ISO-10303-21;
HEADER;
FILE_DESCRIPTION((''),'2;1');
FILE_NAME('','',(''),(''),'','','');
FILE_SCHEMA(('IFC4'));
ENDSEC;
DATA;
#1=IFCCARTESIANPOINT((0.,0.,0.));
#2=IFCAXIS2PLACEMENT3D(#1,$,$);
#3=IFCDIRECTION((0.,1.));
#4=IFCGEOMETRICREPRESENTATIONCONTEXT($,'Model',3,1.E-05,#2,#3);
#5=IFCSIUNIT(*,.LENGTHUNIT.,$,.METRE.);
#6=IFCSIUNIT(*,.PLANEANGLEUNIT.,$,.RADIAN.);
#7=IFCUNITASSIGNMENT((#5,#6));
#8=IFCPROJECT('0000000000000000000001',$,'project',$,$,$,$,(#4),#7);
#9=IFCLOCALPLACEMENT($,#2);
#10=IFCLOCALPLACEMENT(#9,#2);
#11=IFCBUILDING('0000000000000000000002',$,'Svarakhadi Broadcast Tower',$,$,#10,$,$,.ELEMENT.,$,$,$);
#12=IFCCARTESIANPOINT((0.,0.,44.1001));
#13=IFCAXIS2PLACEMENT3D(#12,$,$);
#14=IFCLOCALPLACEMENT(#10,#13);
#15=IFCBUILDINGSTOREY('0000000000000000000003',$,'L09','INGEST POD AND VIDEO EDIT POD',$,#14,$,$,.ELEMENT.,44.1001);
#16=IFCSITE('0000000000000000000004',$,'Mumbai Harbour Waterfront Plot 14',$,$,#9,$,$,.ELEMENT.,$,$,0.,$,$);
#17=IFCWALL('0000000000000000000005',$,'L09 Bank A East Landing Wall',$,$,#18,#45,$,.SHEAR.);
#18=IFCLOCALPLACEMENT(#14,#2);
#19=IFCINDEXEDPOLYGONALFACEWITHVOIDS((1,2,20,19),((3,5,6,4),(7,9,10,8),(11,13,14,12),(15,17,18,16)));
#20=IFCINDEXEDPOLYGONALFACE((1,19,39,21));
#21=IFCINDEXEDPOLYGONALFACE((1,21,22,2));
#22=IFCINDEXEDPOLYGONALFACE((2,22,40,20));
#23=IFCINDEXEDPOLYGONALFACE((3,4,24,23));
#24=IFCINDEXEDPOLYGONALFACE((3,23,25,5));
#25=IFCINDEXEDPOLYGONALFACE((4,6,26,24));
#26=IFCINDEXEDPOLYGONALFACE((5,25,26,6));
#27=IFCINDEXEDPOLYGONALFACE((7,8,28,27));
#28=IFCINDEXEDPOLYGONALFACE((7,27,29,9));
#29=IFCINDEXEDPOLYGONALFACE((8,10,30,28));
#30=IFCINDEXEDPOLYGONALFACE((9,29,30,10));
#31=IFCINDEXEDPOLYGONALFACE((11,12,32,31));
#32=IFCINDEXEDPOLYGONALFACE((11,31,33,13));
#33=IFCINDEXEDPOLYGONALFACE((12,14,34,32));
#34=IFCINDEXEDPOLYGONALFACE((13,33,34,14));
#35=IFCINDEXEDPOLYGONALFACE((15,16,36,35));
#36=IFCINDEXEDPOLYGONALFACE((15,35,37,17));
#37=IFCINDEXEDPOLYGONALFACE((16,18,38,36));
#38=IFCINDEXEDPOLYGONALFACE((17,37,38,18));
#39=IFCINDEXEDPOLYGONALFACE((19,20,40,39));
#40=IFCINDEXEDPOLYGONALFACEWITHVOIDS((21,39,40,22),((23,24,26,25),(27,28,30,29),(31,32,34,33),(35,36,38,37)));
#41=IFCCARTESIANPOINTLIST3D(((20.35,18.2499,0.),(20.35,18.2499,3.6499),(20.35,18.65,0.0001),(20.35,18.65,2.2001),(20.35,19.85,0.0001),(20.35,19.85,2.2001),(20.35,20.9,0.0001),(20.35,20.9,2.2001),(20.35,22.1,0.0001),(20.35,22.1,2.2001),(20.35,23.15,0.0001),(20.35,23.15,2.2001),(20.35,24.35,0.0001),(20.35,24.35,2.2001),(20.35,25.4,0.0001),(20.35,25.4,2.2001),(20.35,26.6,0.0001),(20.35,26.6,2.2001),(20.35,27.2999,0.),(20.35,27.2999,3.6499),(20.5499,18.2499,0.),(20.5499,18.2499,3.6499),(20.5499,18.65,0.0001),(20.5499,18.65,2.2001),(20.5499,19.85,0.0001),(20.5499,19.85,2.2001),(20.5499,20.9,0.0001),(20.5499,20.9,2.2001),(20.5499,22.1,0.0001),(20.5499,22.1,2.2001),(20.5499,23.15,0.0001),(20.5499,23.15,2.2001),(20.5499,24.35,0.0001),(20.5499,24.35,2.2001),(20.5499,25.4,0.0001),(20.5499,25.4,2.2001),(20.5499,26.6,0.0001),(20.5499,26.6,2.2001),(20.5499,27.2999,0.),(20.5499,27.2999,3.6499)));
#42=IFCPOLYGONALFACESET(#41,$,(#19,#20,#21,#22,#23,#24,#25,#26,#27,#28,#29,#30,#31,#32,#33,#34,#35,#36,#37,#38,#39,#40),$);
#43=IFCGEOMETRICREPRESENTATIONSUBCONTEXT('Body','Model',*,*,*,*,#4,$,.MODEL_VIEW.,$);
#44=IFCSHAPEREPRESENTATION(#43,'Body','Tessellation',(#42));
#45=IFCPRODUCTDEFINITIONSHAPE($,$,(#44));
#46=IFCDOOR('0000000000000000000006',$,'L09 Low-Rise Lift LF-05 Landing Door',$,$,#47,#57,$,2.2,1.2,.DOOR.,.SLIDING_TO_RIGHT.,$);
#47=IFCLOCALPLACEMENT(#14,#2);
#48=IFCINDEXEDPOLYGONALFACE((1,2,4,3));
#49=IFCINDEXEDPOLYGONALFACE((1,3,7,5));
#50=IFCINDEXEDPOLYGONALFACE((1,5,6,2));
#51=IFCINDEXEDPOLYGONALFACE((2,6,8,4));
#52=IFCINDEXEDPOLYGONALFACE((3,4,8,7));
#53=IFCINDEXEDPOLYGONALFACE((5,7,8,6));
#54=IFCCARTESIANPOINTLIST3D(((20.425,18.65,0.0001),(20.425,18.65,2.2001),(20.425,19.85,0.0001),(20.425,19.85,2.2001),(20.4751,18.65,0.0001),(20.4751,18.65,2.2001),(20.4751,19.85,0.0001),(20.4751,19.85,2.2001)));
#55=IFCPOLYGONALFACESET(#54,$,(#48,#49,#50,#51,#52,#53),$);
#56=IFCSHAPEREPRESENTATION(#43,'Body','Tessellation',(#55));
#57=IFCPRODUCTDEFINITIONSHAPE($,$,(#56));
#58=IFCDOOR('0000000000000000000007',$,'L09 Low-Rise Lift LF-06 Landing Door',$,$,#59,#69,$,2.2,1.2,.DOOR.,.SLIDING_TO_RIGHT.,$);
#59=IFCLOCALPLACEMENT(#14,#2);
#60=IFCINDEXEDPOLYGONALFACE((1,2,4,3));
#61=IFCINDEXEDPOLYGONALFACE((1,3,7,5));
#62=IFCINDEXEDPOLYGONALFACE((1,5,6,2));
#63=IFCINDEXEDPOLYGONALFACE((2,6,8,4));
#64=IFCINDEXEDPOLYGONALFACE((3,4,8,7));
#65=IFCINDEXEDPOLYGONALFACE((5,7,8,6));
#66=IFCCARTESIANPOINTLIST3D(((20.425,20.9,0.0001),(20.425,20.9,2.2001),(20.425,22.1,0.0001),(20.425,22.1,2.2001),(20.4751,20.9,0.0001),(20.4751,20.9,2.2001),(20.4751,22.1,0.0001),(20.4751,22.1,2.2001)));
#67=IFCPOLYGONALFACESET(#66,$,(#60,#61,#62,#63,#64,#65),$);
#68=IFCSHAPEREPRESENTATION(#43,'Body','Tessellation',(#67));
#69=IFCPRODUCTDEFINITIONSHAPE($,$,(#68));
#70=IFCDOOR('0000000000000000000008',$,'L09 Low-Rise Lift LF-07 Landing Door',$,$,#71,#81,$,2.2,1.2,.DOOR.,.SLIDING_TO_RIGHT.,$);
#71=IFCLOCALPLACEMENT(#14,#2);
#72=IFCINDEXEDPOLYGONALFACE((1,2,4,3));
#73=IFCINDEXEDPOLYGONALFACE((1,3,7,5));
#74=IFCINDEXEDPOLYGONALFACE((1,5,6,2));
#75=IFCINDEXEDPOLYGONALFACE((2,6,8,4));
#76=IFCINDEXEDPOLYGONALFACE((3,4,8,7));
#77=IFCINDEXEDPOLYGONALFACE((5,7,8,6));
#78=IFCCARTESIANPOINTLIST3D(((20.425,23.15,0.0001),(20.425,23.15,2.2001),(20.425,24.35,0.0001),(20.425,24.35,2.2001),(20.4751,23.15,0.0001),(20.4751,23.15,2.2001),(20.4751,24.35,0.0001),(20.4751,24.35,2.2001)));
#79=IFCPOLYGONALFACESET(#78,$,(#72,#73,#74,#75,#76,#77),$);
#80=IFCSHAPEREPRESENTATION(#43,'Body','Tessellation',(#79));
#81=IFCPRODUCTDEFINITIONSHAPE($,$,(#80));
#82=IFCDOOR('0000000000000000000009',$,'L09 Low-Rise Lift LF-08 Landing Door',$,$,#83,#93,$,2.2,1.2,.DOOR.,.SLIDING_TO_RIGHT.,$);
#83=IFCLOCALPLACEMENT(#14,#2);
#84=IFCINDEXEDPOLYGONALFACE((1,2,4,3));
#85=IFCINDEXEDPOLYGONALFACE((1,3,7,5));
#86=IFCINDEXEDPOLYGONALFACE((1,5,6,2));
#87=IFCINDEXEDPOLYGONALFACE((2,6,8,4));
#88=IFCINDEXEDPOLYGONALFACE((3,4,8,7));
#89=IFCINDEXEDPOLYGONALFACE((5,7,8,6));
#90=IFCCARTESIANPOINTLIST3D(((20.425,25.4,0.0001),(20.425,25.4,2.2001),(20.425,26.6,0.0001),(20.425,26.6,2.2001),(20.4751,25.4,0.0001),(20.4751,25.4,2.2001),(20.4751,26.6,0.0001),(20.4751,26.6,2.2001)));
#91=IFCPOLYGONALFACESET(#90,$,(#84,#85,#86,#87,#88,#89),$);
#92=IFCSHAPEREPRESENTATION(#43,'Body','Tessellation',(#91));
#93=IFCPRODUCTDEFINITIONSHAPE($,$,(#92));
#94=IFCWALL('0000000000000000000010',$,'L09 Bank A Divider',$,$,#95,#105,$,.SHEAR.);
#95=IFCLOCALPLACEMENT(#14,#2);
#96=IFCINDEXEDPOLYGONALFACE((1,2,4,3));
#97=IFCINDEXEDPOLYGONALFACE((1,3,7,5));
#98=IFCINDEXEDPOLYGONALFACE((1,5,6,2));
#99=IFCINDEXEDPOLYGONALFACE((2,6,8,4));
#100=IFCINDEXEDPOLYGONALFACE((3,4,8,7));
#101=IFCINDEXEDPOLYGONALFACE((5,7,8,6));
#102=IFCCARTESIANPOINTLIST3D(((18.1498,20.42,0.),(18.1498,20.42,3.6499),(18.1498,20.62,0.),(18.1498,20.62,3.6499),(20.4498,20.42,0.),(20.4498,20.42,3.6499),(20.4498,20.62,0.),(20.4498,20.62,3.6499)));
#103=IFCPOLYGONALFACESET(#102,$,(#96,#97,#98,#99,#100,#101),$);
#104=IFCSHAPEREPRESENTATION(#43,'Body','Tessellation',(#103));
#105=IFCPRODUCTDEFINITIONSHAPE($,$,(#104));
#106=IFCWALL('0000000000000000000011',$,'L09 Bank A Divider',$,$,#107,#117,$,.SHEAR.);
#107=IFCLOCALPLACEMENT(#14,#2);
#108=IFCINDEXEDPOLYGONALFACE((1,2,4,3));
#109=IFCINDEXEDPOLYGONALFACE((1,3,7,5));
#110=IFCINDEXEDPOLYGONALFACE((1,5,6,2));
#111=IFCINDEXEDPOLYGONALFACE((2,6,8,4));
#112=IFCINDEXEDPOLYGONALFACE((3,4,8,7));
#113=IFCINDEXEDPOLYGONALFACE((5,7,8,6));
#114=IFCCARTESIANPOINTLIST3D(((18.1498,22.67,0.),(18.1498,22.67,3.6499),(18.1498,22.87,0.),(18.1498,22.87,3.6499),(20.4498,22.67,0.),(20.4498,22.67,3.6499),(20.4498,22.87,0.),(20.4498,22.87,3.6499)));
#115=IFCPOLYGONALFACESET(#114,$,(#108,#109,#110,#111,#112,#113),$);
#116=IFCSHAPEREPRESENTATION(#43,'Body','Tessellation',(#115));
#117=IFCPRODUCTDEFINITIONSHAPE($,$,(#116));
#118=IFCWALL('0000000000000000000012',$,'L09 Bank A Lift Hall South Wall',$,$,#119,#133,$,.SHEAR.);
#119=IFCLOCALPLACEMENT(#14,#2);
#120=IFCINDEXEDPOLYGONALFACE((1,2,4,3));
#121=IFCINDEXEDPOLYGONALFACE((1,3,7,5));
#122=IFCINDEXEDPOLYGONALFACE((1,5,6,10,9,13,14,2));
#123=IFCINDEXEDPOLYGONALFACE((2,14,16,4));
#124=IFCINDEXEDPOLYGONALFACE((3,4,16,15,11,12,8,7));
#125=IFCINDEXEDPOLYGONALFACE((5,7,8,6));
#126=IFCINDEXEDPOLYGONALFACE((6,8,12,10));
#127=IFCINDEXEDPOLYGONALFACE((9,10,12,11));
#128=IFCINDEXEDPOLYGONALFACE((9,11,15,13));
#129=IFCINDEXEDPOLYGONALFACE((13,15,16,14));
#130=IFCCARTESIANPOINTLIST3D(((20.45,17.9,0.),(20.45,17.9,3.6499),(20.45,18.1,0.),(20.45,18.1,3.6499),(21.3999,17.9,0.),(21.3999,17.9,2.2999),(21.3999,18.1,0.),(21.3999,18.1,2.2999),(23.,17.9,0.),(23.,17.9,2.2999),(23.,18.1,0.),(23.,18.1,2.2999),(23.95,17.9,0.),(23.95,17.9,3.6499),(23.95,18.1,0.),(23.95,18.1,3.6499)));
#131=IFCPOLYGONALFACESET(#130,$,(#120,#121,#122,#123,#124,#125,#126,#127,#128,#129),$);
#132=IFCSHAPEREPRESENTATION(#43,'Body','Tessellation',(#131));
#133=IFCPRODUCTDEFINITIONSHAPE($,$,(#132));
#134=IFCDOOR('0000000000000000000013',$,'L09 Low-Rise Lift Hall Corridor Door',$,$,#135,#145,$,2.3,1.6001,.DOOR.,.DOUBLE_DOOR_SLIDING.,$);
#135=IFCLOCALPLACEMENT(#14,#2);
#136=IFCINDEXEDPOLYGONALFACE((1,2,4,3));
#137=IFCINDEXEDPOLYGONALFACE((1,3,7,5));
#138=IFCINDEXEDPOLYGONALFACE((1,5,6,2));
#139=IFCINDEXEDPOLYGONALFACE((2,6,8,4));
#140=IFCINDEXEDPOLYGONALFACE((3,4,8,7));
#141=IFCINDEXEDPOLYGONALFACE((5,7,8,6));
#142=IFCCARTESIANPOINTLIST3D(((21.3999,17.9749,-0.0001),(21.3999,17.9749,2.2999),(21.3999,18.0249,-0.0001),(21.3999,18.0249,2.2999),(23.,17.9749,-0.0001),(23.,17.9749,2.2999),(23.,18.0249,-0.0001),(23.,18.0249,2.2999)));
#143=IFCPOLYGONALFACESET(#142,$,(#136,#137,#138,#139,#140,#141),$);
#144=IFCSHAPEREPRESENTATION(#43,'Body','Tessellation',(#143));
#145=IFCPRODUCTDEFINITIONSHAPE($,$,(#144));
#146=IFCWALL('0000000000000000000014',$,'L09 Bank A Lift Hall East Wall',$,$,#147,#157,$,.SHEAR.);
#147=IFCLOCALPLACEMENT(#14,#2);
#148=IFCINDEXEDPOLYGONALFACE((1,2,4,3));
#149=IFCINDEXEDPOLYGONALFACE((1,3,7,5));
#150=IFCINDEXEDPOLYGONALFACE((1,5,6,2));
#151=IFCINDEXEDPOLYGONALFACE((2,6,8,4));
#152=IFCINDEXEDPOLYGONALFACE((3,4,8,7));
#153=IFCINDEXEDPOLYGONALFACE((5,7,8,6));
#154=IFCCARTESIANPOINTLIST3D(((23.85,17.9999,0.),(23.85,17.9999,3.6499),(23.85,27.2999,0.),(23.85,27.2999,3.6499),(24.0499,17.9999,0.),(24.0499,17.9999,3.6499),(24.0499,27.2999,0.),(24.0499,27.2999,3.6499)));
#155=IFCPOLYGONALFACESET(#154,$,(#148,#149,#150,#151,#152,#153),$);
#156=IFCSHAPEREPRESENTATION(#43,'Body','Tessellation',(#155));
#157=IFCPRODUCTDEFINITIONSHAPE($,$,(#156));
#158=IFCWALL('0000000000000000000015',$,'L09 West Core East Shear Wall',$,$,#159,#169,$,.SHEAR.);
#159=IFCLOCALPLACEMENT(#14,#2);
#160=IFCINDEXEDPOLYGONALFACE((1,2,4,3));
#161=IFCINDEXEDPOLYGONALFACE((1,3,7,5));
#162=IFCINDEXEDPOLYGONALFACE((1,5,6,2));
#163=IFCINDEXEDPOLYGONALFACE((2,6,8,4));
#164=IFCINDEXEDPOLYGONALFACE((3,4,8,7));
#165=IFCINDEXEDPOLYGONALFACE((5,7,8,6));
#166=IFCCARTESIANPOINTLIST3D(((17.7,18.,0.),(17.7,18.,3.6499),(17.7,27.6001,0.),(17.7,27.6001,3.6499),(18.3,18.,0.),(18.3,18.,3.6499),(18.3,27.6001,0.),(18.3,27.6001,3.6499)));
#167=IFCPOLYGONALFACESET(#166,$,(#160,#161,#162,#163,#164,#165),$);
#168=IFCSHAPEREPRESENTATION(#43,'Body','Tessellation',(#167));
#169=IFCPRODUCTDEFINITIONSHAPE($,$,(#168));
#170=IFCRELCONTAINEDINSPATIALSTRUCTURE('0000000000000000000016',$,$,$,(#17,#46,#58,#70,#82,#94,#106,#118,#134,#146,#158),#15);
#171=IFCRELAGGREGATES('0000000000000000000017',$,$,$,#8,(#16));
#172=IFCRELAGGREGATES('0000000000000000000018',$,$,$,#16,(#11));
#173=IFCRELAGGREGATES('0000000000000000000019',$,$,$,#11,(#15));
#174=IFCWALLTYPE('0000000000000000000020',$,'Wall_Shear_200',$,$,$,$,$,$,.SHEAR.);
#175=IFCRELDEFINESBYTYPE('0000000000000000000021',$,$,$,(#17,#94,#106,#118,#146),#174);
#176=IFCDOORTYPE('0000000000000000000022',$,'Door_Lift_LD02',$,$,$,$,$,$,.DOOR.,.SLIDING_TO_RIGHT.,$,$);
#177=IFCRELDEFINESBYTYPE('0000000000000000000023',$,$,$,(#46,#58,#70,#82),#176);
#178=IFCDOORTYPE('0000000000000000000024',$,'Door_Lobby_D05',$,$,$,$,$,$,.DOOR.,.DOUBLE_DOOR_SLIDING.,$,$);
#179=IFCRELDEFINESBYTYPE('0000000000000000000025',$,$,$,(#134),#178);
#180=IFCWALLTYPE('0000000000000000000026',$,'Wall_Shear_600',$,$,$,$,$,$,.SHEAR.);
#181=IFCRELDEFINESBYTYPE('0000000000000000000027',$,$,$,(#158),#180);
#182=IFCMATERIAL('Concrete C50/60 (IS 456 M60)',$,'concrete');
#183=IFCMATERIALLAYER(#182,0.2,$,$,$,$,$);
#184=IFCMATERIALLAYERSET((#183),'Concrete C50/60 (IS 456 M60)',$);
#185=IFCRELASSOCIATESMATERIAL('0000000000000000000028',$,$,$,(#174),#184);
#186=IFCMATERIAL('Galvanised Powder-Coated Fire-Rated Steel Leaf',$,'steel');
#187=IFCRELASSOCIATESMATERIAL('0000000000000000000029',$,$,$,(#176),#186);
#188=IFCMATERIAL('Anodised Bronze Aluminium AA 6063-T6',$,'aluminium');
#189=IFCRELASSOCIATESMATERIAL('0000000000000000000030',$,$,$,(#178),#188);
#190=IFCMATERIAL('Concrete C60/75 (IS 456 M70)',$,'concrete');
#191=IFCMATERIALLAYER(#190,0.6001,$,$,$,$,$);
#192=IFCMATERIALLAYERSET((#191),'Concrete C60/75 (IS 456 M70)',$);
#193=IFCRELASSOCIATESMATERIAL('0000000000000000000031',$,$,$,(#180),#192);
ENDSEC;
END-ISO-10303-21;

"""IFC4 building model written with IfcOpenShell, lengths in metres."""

from ifc_helpers import new_model, si_unit, direction, frame, frame_2d, origin, place, context, subcontext, project, spatial, rectangle, extrude, material, layer, layer_set, type_object, element, fill, save


model = new_model("IFC4")

# Units and contexts
model_context = context("Model", 3, precision=1e-05, world=origin(), true_north=direction((0.0, 1.0)))
body_context = subcontext(model_context, "Body", "Model", "MODEL_VIEW")
ifc_project = project(units=[si_unit("LENGTHUNIT", "METRE"), si_unit("PLANEANGLEUNIT", "RADIAN")], contexts=[model_context])

# Site, building, storey
site_placement = place(None, origin())
site = spatial("IfcSite", under=ifc_project, at=site_placement, Name="Mumbai Harbour Waterfront Plot 14", CompositionType="ELEMENT", RefElevation=0.0)
building_placement = place(site_placement, origin())
building = spatial("IfcBuilding", under=site, at=building_placement, Name="Svarakhadi Broadcast Tower", CompositionType="ELEMENT")
storey_placement = place(building_placement, frame((0.0, 0.0, 44.1001)))
storey = spatial("IfcBuildingStorey", under=building, at=storey_placement, Name="L09", Description="INGEST POD AND VIDEO EDIT POD", CompositionType="ELEMENT", Elevation=44.1001)

# Shared definitions
ifc_material_1 = material(Name="Concrete C60/75 (IS 456 M70)", Category="concrete")

# Shared definitions
ifc_material_2 = material(Name="Anodised Bronze Aluminium AA 6063-T6", Category="aluminium")

# Shared definitions
ifc_material_3 = material(Name="Concrete C50/60 (IS 456 M60)", Category="concrete")
ifc_layer_1 = layer(ifc_material_3, 0.2)
ifc_layer_set_1 = layer_set([ifc_layer_1], Name="Concrete C50/60 (IS 456 M60)")
wall_type_1 = type_object("IfcWallType", Name="Wall_Shear_200", PredefinedType="SHEAR", material=ifc_layer_set_1)

# Wall, openings, doors
wall_1_placement = place(storey_placement, frame((20.45, 18.25, 0.0), z_axis=(0.0, 0.0, 1.0), x_axis=(0.0, 1.0, 0.0)))
wall_1 = element("IfcWall", 1, at=wall_1_placement, inside=storey, type_object=wall_type_1, Name="L09 Bank A East Landing Wall", PredefinedType="SHEAR", context=body_context, shape_type="SweptSolid", body=[
    extrude(rectangle(XDim=9.05, YDim=0.2, at=frame_2d((4.5249, 0.0))), origin(), (0.0, 0.0, 1.0), 3.6499),
])
opening_1_placement = place(wall_1_placement, frame((0.3999, 0.0, 0.0)))
opening_1 = element("IfcOpeningElement", 2, at=opening_1_placement, cuts=wall_1, PredefinedType="OPENING", context=body_context, shape_type="SweptSolid", body=[
    extrude(rectangle(XDim=1.2, YDim=2.2, at=frame_2d((0.6001, 1.1001))), frame((0.0, 0.1099, 0.0), z_axis=(0.0, -1.0, 0.0), x_axis=(1.0, 0.0, 0.0)), (0.0, 0.0, 1.0), 0.22),
])
opening_2_placement = place(wall_1_placement, frame((2.6499, 0.0, 0.0)))
opening_2 = element("IfcOpeningElement", 3, at=opening_2_placement, cuts=wall_1, PredefinedType="OPENING", context=body_context, shape_type="SweptSolid", body=[
    extrude(rectangle(XDim=1.2, YDim=2.2, at=frame_2d((0.6001, 1.1001))), frame((0.0, 0.1099, 0.0), z_axis=(0.0, -1.0, 0.0), x_axis=(1.0, 0.0, 0.0)), (0.0, 0.0, 1.0), 0.22),
])
opening_3_placement = place(wall_1_placement, frame((4.8999, 0.0, 0.0)))
opening_3 = element("IfcOpeningElement", 4, at=opening_3_placement, cuts=wall_1, PredefinedType="OPENING", context=body_context, shape_type="SweptSolid", body=[
    extrude(rectangle(XDim=1.2, YDim=2.2, at=frame_2d((0.6001, 1.1001))), frame((0.0, 0.1099, 0.0), z_axis=(0.0, -1.0, 0.0), x_axis=(1.0, 0.0, 0.0)), (0.0, 0.0, 1.0), 0.22),
])
opening_4_placement = place(wall_1_placement, frame((7.1499, 0.0, 0.0)))
opening_4 = element("IfcOpeningElement", 5, at=opening_4_placement, cuts=wall_1, PredefinedType="OPENING", context=body_context, shape_type="SweptSolid", body=[
    extrude(rectangle(XDim=1.2, YDim=2.2, at=frame_2d((0.6001, 1.1001))), frame((0.0, 0.1099, 0.0), z_axis=(0.0, -1.0, 0.0), x_axis=(1.0, 0.0, 0.0)), (0.0, 0.0, 1.0), 0.22),
])
ifc_material_4 = material(Name="Galvanised Powder-Coated Fire-Rated Steel Leaf", Category="steel")
door_type_1 = type_object("IfcDoorType", Name="Door_Lift_LD02", OperationType="SLIDING_TO_RIGHT", PredefinedType="DOOR", material=ifc_material_4)
door_1_placement = place(opening_1_placement, origin())
door_1 = element("IfcDoor", 6, at=door_1_placement, inside=storey, type_object=door_type_1, Name="L09 Low-Rise Lift LF-05 Landing Door", OperationType="SLIDING_TO_RIGHT", OverallHeight=2.2, OverallWidth=1.2, PredefinedType="DOOR", context=body_context, shape_type="SweptSolid", body=[
    extrude(rectangle(XDim=1.2, YDim=2.2, at=frame_2d((0.6001, 1.1001))), frame((0.0, 0.0249, 0.0), z_axis=(0.0, -1.0, 0.0), x_axis=(1.0, 0.0, 0.0)), (0.0, 0.0, 1.0), 0.05),
])
fill(opening_1, door_1)
door_2_placement = place(opening_2_placement, origin())
door_2 = element("IfcDoor", 7, at=door_2_placement, inside=storey, type_object=door_type_1, Name="L09 Low-Rise Lift LF-06 Landing Door", OperationType="SLIDING_TO_RIGHT", OverallHeight=2.2, OverallWidth=1.2, PredefinedType="DOOR", context=body_context, shape_type="SweptSolid", body=[
    extrude(rectangle(XDim=1.2, YDim=2.2, at=frame_2d((0.6001, 1.1001))), frame((0.0, 0.0249, 0.0), z_axis=(0.0, -1.0, 0.0), x_axis=(1.0, 0.0, 0.0)), (0.0, 0.0, 1.0), 0.05),
])
fill(opening_2, door_2)
door_3_placement = place(opening_3_placement, origin())
door_3 = element("IfcDoor", 8, at=door_3_placement, inside=storey, type_object=door_type_1, Name="L09 Low-Rise Lift LF-07 Landing Door", OperationType="SLIDING_TO_RIGHT", OverallHeight=2.2, OverallWidth=1.2, PredefinedType="DOOR", context=body_context, shape_type="SweptSolid", body=[
    extrude(rectangle(XDim=1.2, YDim=2.2, at=frame_2d((0.6001, 1.1001))), frame((0.0, 0.0249, 0.0), z_axis=(0.0, -1.0, 0.0), x_axis=(1.0, 0.0, 0.0)), (0.0, 0.0, 1.0), 0.05),
])
fill(opening_3, door_3)
door_4_placement = place(opening_4_placement, origin())
door_4 = element("IfcDoor", 9, at=door_4_placement, inside=storey, type_object=door_type_1, Name="L09 Low-Rise Lift LF-08 Landing Door", OperationType="SLIDING_TO_RIGHT", OverallHeight=2.2, OverallWidth=1.2, PredefinedType="DOOR", context=body_context, shape_type="SweptSolid", body=[
    extrude(rectangle(XDim=1.2, YDim=2.2, at=frame_2d((0.6001, 1.1001))), frame((0.0, 0.0249, 0.0), z_axis=(0.0, -1.0, 0.0), x_axis=(1.0, 0.0, 0.0)), (0.0, 0.0, 1.0), 0.05),
])
fill(opening_4, door_4)

# Walls
for number, where, z_axis, x_axis, name in (
    (10, (18.1499, 20.52, 0.0), (0.0, 0.0, 1.0), (1.0, 0.0, 0.0), "L09 Bank A Divider"),
    (11, (18.1499, 22.77, 0.0), (0.0, 0.0, 1.0), (1.0, 0.0, 0.0), "L09 Bank A Divider"),
):
    element("IfcWall", number, at=place(storey_placement, frame(where, z_axis=z_axis, x_axis=x_axis)), inside=storey, type_object=wall_type_1, Name=name, PredefinedType="SHEAR", context=body_context, shape_type="SweptSolid", body=[
        extrude(rectangle(XDim=2.3, YDim=0.2, at=frame_2d((1.1499, 0.0))), origin(), (0.0, 0.0, 1.0), 3.6499),
    ])

# Wall, opening, door
wall_2_placement = place(storey_placement, frame((20.45, 18.0, 0.0), z_axis=(0.0, 0.0, 1.0), x_axis=(1.0, 0.0, 0.0)))
wall_2 = element("IfcWall", 12, at=wall_2_placement, inside=storey, type_object=wall_type_1, Name="L09 Bank A Lift Hall South Wall", PredefinedType="SHEAR", context=body_context, shape_type="SweptSolid", body=[
    extrude(rectangle(XDim=3.5, YDim=0.2, at=frame_2d((1.75, 0.0))), origin(), (0.0, 0.0, 1.0), 3.6499),
])
opening_5_placement = place(wall_2_placement, frame((0.95, 0.0, 0.0)))
opening_5 = element("IfcOpeningElement", 13, at=opening_5_placement, cuts=wall_2, PredefinedType="OPENING", context=body_context, shape_type="SweptSolid", body=[
    extrude(rectangle(XDim=1.6001, YDim=2.3, at=frame_2d((0.8, 1.1499))), frame((0.0, 0.1099, 0.0), z_axis=(0.0, -1.0, 0.0), x_axis=(1.0, 0.0, 0.0)), (0.0, 0.0, 1.0), 0.22),
])
door_type_2 = type_object("IfcDoorType", Name="Door_Lobby_D05", OperationType="DOUBLE_DOOR_SLIDING", PredefinedType="DOOR", material=ifc_material_2)
door_5_placement = place(opening_5_placement, origin())
door_5 = element("IfcDoor", 14, at=door_5_placement, inside=storey, type_object=door_type_2, Name="L09 Low-Rise Lift Hall Corridor Door", OperationType="DOUBLE_DOOR_SLIDING", OverallHeight=2.3, OverallWidth=1.6001, PredefinedType="DOOR", context=body_context, shape_type="SweptSolid", body=[
    extrude(rectangle(XDim=1.6001, YDim=2.3, at=frame_2d((0.8, 1.1499))), frame((0.0, 0.0249, 0.0), z_axis=(0.0, -1.0, 0.0), x_axis=(1.0, 0.0, 0.0)), (0.0, 0.0, 1.0), 0.05),
])
fill(opening_5, door_5)

# Walls
wall_3_placement = place(storey_placement, frame((23.95, 18.0, 0.0), z_axis=(0.0, 0.0, 1.0), x_axis=(0.0, 1.0, 0.0)))
element("IfcWall", 15, at=wall_3_placement, inside=storey, type_object=wall_type_1, Name="L09 Bank A Lift Hall East Wall", PredefinedType="SHEAR", context=body_context, shape_type="SweptSolid", body=[
    extrude(rectangle(XDim=9.3, YDim=0.2, at=frame_2d((4.6499, 0.0))), origin(), (0.0, 0.0, 1.0), 3.6499),
])
ifc_layer_2 = layer(ifc_material_1, 0.6001)
ifc_layer_set_2 = layer_set([ifc_layer_2], Name="Concrete C60/75 (IS 456 M70)")
wall_type_2 = type_object("IfcWallType", Name="Wall_Shear_600", PredefinedType="SHEAR", material=ifc_layer_set_2)
for number, where, z_axis, x_axis, name in (
    (16, (18.0, 18.0, 0.0), (0.0, 0.0, 1.0), (0.0, 1.0, 0.0), "L09 West Core East Shear Wall"),
):
    element("IfcWall", number, at=place(storey_placement, frame(where, z_axis=z_axis, x_axis=x_axis)), inside=storey, type_object=wall_type_2, Name=name, PredefinedType="SHEAR", context=body_context, shape_type="SweptSolid", body=[
        extrude(rectangle(XDim=9.6001, YDim=0.6001, at=frame_2d((4.8, 0.0))), origin(), (0.0, 0.0, 1.0), 3.6499),
    ])

save(model, "model.ifc")
